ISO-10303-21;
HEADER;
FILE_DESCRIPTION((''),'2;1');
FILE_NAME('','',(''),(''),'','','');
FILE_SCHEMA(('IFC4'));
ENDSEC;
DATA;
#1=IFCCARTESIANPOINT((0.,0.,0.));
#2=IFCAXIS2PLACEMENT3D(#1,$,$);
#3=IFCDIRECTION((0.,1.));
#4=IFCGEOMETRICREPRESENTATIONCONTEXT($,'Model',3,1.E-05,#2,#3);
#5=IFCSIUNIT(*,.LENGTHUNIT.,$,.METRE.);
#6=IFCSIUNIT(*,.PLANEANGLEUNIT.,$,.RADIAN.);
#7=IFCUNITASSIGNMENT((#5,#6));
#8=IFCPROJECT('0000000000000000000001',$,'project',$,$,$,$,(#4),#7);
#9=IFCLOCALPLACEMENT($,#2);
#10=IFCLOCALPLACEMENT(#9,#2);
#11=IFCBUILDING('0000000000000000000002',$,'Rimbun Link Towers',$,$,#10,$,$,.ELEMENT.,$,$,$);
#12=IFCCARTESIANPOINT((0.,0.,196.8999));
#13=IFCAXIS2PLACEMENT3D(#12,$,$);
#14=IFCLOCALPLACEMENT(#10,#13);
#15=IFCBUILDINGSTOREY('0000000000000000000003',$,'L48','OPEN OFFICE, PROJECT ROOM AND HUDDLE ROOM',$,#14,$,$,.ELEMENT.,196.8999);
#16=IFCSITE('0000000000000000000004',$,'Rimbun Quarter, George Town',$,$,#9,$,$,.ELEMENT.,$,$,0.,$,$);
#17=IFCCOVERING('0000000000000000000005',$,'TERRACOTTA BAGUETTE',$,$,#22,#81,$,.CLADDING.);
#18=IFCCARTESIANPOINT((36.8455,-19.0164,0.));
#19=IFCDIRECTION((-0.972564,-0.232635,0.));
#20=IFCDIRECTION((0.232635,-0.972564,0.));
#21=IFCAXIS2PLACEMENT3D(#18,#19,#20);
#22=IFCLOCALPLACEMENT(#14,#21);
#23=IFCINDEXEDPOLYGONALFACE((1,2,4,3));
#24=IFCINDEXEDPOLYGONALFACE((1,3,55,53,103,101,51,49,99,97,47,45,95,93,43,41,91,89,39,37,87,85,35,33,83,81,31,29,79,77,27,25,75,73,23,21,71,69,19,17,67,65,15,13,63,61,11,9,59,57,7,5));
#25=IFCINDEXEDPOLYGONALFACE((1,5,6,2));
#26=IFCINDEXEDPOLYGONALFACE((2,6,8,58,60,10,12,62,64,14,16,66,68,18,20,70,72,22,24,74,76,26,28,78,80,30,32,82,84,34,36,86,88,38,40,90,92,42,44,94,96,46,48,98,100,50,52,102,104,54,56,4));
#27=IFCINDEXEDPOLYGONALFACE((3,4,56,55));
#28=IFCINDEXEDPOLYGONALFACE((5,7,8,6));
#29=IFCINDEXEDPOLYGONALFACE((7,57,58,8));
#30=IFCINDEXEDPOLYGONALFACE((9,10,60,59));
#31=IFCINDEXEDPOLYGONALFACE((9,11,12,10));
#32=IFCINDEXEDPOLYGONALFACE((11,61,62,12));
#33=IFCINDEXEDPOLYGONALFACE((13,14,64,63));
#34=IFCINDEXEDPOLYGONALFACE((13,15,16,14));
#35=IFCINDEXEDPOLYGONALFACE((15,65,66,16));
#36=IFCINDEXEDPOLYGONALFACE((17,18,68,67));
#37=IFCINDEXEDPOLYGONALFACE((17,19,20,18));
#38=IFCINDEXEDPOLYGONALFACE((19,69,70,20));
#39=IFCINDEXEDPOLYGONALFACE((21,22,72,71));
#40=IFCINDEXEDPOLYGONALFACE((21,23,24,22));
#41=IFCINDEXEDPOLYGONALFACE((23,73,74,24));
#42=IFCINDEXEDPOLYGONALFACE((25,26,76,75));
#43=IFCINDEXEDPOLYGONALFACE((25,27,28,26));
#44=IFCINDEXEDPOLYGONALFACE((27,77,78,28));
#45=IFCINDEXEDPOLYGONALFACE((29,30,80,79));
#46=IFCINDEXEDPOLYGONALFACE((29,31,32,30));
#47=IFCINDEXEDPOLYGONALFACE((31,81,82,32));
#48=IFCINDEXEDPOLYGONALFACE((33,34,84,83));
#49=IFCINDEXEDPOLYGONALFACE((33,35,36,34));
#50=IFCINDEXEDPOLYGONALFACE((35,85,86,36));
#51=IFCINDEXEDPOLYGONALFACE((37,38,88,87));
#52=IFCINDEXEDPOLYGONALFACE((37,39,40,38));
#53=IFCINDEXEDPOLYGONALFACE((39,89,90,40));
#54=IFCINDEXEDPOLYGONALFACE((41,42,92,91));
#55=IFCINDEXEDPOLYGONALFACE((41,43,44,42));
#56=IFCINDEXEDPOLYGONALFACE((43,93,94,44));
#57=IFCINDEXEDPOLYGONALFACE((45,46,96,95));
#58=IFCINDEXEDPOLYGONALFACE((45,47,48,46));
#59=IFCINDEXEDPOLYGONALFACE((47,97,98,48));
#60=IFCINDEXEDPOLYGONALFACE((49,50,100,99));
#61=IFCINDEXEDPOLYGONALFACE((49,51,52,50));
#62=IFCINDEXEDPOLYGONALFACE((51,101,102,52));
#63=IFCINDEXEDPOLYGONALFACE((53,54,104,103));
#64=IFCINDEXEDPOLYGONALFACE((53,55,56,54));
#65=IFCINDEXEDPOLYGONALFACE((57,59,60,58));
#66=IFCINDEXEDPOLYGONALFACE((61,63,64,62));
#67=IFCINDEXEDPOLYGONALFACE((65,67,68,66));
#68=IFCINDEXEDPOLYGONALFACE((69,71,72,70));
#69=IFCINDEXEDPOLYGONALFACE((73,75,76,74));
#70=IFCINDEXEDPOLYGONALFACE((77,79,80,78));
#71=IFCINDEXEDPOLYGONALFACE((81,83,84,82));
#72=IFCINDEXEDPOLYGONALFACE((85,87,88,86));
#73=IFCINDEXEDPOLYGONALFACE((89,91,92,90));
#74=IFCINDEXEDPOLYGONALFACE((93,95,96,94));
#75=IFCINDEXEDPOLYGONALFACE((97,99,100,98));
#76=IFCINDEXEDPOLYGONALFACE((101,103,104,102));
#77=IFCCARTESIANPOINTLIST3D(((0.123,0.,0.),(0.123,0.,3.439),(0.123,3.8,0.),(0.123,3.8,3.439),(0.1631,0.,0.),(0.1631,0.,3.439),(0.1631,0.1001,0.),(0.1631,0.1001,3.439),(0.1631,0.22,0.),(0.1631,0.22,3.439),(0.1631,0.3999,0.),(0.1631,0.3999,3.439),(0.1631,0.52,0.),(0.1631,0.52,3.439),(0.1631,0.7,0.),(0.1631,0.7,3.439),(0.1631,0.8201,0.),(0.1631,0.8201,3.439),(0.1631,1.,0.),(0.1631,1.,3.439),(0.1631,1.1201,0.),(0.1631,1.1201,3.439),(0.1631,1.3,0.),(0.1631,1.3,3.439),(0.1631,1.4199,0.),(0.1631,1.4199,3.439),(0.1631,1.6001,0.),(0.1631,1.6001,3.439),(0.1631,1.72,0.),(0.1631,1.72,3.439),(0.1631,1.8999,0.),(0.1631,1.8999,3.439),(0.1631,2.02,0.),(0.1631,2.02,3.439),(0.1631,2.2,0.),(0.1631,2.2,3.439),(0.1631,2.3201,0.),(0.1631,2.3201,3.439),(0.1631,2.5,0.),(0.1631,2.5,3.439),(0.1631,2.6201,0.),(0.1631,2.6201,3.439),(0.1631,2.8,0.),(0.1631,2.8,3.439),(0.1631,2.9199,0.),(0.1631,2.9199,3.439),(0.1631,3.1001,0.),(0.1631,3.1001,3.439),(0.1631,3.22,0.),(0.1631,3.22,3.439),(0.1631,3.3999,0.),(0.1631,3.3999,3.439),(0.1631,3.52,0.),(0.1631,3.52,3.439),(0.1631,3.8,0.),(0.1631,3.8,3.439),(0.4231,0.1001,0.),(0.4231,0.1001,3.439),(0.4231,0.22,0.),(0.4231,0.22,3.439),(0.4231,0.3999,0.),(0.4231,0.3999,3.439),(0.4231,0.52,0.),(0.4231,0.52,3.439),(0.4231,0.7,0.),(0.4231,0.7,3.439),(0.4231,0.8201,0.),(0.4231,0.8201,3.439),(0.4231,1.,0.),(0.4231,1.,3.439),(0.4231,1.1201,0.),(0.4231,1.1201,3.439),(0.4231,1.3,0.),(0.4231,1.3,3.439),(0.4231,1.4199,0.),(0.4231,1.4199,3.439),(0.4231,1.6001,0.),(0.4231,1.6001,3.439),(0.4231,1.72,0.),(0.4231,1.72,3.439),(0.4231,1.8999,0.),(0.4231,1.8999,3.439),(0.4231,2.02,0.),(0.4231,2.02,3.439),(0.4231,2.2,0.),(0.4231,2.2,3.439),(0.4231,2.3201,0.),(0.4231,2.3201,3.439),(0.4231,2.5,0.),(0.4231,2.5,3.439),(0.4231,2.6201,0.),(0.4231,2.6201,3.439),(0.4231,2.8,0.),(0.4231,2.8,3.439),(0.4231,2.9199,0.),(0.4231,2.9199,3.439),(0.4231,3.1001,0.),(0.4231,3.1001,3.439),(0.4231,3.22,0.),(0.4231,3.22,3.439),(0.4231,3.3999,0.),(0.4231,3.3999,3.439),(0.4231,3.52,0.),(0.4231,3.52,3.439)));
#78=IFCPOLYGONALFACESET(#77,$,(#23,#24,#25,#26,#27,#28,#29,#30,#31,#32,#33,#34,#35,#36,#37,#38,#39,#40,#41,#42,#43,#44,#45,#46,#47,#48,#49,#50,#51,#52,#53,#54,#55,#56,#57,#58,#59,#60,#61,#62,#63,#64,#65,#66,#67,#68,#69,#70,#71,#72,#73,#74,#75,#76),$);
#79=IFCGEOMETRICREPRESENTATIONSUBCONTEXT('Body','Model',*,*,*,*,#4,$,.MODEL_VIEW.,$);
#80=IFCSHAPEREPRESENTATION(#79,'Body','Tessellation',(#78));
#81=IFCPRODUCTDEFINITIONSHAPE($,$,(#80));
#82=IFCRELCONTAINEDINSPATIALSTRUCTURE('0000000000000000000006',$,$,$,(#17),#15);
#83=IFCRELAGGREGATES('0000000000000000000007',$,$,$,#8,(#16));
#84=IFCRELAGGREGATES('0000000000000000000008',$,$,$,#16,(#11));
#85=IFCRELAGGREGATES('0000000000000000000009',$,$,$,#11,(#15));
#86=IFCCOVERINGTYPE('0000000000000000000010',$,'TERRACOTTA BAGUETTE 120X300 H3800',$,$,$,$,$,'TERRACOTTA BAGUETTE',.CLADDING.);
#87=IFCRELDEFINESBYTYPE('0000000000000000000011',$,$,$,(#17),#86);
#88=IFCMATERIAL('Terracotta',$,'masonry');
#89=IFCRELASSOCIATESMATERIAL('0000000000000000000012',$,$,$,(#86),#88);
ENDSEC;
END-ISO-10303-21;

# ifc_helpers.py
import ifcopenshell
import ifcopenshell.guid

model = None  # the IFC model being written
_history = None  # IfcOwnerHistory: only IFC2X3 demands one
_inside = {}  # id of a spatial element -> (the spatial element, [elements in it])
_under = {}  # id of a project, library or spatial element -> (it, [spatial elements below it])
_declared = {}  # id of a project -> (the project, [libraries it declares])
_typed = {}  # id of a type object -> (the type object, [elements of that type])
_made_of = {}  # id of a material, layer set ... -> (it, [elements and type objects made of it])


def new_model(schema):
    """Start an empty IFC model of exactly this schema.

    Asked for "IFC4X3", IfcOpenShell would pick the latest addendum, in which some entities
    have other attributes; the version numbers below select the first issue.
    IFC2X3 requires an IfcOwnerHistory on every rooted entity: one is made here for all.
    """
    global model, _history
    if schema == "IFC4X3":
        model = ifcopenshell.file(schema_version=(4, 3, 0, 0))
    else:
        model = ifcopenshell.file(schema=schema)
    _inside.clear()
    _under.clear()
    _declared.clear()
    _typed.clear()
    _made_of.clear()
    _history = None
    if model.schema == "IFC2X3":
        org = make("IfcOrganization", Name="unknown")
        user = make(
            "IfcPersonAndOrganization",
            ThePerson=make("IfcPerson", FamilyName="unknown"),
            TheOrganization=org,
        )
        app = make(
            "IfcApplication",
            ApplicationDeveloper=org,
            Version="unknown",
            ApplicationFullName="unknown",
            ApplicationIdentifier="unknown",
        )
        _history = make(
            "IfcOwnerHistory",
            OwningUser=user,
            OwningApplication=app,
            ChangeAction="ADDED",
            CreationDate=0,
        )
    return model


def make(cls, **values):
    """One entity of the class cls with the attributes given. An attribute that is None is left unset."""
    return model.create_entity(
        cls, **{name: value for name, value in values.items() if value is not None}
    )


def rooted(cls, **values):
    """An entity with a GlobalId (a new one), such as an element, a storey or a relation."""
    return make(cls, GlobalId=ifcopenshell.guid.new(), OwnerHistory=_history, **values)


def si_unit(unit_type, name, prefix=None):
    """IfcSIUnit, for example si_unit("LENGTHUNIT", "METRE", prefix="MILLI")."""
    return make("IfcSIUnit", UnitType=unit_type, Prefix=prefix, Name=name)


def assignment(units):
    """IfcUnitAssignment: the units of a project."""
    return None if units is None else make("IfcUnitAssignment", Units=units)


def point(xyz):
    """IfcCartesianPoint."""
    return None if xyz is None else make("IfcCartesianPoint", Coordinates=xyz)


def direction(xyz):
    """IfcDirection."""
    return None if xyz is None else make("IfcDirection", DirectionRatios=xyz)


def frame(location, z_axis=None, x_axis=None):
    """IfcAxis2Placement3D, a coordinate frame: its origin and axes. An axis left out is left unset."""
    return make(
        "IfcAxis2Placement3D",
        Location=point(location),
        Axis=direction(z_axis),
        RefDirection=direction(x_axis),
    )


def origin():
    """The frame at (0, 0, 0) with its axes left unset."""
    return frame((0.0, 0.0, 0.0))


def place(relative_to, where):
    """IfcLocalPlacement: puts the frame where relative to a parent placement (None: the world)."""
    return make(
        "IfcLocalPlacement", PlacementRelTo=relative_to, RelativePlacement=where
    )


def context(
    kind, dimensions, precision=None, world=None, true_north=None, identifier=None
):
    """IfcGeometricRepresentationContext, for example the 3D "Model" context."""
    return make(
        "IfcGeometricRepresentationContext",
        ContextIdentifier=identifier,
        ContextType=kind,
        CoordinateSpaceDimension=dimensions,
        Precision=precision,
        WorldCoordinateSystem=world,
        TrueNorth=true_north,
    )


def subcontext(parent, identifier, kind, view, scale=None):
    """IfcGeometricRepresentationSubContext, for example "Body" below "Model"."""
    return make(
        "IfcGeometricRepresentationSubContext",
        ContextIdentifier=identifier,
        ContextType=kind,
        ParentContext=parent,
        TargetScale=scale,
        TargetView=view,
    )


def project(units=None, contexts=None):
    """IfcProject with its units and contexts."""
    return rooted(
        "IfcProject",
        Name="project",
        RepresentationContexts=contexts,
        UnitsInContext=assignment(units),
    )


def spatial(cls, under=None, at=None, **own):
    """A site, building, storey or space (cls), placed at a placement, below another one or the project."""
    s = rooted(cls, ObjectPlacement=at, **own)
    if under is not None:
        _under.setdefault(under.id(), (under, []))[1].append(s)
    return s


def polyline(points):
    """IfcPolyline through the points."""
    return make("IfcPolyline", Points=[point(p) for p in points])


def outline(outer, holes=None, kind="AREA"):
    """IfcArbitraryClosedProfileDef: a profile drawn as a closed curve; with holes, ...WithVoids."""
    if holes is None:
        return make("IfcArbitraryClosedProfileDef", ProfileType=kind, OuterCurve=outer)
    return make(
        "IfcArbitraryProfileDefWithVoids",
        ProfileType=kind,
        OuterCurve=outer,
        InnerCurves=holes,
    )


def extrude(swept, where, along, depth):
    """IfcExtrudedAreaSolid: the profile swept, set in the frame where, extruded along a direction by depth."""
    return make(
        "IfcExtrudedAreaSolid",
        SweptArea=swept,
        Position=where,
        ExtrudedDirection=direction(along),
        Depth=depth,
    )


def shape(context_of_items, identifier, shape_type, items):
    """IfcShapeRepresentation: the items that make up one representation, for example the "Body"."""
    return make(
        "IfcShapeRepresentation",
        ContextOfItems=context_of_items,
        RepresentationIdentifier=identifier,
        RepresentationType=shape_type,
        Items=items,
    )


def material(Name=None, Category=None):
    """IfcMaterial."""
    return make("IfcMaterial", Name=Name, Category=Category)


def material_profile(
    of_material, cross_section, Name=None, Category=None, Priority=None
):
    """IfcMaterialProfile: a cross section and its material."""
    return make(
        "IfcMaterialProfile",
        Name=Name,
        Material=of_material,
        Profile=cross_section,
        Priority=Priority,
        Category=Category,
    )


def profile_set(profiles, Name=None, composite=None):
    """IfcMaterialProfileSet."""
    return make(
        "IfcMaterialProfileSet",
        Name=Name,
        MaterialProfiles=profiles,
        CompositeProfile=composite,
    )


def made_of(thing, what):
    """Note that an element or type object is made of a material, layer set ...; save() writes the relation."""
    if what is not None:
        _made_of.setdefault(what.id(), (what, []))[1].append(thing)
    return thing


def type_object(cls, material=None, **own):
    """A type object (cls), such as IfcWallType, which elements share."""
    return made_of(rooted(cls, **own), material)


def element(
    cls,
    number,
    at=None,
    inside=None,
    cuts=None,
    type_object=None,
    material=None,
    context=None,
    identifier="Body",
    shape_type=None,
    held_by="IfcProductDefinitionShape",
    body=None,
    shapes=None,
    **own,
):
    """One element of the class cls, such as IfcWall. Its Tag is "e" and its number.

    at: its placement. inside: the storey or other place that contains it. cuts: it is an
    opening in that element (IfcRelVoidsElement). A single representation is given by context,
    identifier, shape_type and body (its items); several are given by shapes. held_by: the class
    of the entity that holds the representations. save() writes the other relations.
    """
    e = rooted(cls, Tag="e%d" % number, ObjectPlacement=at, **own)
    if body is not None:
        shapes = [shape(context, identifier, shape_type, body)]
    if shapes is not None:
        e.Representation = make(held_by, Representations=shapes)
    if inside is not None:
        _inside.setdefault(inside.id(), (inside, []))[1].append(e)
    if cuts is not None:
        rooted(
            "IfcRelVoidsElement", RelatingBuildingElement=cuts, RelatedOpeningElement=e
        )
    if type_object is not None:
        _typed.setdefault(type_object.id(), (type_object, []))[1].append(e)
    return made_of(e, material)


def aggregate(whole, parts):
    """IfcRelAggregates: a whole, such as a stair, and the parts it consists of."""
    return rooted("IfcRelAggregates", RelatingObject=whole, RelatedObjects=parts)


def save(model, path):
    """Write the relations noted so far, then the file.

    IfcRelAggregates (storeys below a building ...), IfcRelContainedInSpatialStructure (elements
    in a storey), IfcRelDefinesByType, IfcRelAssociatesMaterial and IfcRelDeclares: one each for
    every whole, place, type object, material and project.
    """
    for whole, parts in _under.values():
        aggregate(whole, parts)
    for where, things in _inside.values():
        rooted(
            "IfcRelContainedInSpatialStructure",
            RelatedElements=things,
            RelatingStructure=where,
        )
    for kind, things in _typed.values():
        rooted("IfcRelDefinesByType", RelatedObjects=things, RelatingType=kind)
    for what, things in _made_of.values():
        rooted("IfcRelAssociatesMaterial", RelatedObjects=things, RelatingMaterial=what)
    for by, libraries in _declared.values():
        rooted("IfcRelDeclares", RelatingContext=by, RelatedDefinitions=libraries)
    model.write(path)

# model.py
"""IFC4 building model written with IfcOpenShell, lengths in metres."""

from ifc_helpers import new_model, si_unit, direction, frame, origin, place, context, subcontext, project, spatial, polyline, outline, extrude, material, material_profile, profile_set, type_object, element, save


model = new_model("IFC4")

# Units and contexts
model_context = context("Model", 3, precision=1e-05, world=origin(), true_north=direction((0.0, 1.0)))
body_context = subcontext(model_context, "Body", "Model", "MODEL_VIEW")
ifc_project = project(units=[si_unit("LENGTHUNIT", "METRE"), si_unit("PLANEANGLEUNIT", "RADIAN")], contexts=[model_context])

# Site, building, storey
site_placement = place(None, origin())
site = spatial("IfcSite", under=ifc_project, at=site_placement, Name="Rimbun Quarter, George Town", CompositionType="ELEMENT", RefElevation=0.0)
building_placement = place(site_placement, origin())
building = spatial("IfcBuilding", under=site, at=building_placement, Name="Rimbun Link Towers", CompositionType="ELEMENT")
storey_placement = place(building_placement, frame((0.0, 0.0, 196.8999)))
storey = spatial("IfcBuildingStorey", under=building, at=storey_placement, Name="L48", Description="OPEN OFFICE, PROJECT ROOM AND HUDDLE ROOM", CompositionType="ELEMENT", Elevation=196.8999)

# Covering
ifc_material_1 = material(Name="Terracotta", Category="masonry")
ifc_material_profile_1 = material_profile(ifc_material_1, outline(polyline([(0.123, 0.0), (0.1631, 0.0), (0.1631, 0.1001), (0.4231, 0.1001), (0.4231, 0.22), (0.1631, 0.22), (0.1631, 0.3999), (0.4231, 0.3999), (0.4231, 0.52), (0.1631, 0.52), (0.1631, 0.7), (0.4231, 0.7), (0.4231, 0.8201), (0.1631, 0.8201), (0.1631, 1.0), (0.4231, 1.0), (0.4231, 1.1201), (0.1631, 1.1201), (0.1631, 1.3), (0.4231, 1.3), (0.4231, 1.4199), (0.1631, 1.4199), (0.1631, 1.6001), (0.4231, 1.6001), (0.4231, 1.72), (0.1631, 1.72), (0.1631, 1.8999), (0.4231, 1.8999), (0.4231, 2.02), (0.1631, 2.02), (0.1631, 2.2), (0.4231, 2.2), (0.4231, 2.3201), (0.1631, 2.3201), (0.1631, 2.5), (0.4231, 2.5), (0.4231, 2.6201), (0.1631, 2.6201), (0.1631, 2.8), (0.4231, 2.8), (0.4231, 2.9199), (0.1631, 2.9199), (0.1631, 3.1001), (0.4231, 3.1001), (0.4231, 3.22), (0.1631, 3.22), (0.1631, 3.3999), (0.4231, 3.3999), (0.4231, 3.52), (0.1631, 3.52), (0.1631, 3.8), (0.123, 3.8), (0.123, 0.0)])), Name="BAGUETTE 120X300")
ifc_profile_set_1 = profile_set([ifc_material_profile_1], Name="Terracotta")
covering_type = type_object("IfcCoveringType", Name="TERRACOTTA BAGUETTE 120X300 H3800", ElementType="TERRACOTTA BAGUETTE", PredefinedType="CLADDING", material=ifc_profile_set_1)
covering_1_placement = place(storey_placement, frame((36.8455, -19.0164, 0.0), z_axis=(-0.972564, -0.232635, 0.0), x_axis=(0.232635, -0.972564, 0.0)))
element("IfcCovering", 1, at=covering_1_placement, inside=storey, type_object=covering_type, Name="TERRACOTTA BAGUETTE", PredefinedType="CLADDING", context=body_context, shape_type="SweptSolid", body=[
    extrude(outline(polyline([(0.123, 0.0), (0.1631, 0.0), (0.1631, 0.1001), (0.4231, 0.1001), (0.4231, 0.22), (0.1631, 0.22), (0.1631, 0.3999), (0.4231, 0.3999), (0.4231, 0.52), (0.1631, 0.52), (0.1631, 0.7), (0.4231, 0.7), (0.4231, 0.8201), (0.1631, 0.8201), (0.1631, 1.0), (0.4231, 1.0), (0.4231, 1.1201), (0.1631, 1.1201), (0.1631, 1.3), (0.4231, 1.3), (0.4231, 1.4199), (0.1631, 1.4199), (0.1631, 1.6001), (0.4231, 1.6001), (0.4231, 1.72), (0.1631, 1.72), (0.1631, 1.8999), (0.4231, 1.8999), (0.4231, 2.02), (0.1631, 2.02), (0.1631, 2.2), (0.4231, 2.2), (0.4231, 2.3201), (0.1631, 2.3201), (0.1631, 2.5), (0.4231, 2.5), (0.4231, 2.6201), (0.1631, 2.6201), (0.1631, 2.8), (0.4231, 2.8), (0.4231, 2.9199), (0.1631, 2.9199), (0.1631, 3.1001), (0.4231, 3.1001), (0.4231, 3.22), (0.1631, 3.22), (0.1631, 3.3999), (0.4231, 3.3999), (0.4231, 3.52), (0.1631, 3.52), (0.1631, 3.8), (0.123, 3.8), (0.123, 0.0)])), origin(), (0.0, 0.0, 1.0), 3.439),
])

save(model, "model.ifc")
